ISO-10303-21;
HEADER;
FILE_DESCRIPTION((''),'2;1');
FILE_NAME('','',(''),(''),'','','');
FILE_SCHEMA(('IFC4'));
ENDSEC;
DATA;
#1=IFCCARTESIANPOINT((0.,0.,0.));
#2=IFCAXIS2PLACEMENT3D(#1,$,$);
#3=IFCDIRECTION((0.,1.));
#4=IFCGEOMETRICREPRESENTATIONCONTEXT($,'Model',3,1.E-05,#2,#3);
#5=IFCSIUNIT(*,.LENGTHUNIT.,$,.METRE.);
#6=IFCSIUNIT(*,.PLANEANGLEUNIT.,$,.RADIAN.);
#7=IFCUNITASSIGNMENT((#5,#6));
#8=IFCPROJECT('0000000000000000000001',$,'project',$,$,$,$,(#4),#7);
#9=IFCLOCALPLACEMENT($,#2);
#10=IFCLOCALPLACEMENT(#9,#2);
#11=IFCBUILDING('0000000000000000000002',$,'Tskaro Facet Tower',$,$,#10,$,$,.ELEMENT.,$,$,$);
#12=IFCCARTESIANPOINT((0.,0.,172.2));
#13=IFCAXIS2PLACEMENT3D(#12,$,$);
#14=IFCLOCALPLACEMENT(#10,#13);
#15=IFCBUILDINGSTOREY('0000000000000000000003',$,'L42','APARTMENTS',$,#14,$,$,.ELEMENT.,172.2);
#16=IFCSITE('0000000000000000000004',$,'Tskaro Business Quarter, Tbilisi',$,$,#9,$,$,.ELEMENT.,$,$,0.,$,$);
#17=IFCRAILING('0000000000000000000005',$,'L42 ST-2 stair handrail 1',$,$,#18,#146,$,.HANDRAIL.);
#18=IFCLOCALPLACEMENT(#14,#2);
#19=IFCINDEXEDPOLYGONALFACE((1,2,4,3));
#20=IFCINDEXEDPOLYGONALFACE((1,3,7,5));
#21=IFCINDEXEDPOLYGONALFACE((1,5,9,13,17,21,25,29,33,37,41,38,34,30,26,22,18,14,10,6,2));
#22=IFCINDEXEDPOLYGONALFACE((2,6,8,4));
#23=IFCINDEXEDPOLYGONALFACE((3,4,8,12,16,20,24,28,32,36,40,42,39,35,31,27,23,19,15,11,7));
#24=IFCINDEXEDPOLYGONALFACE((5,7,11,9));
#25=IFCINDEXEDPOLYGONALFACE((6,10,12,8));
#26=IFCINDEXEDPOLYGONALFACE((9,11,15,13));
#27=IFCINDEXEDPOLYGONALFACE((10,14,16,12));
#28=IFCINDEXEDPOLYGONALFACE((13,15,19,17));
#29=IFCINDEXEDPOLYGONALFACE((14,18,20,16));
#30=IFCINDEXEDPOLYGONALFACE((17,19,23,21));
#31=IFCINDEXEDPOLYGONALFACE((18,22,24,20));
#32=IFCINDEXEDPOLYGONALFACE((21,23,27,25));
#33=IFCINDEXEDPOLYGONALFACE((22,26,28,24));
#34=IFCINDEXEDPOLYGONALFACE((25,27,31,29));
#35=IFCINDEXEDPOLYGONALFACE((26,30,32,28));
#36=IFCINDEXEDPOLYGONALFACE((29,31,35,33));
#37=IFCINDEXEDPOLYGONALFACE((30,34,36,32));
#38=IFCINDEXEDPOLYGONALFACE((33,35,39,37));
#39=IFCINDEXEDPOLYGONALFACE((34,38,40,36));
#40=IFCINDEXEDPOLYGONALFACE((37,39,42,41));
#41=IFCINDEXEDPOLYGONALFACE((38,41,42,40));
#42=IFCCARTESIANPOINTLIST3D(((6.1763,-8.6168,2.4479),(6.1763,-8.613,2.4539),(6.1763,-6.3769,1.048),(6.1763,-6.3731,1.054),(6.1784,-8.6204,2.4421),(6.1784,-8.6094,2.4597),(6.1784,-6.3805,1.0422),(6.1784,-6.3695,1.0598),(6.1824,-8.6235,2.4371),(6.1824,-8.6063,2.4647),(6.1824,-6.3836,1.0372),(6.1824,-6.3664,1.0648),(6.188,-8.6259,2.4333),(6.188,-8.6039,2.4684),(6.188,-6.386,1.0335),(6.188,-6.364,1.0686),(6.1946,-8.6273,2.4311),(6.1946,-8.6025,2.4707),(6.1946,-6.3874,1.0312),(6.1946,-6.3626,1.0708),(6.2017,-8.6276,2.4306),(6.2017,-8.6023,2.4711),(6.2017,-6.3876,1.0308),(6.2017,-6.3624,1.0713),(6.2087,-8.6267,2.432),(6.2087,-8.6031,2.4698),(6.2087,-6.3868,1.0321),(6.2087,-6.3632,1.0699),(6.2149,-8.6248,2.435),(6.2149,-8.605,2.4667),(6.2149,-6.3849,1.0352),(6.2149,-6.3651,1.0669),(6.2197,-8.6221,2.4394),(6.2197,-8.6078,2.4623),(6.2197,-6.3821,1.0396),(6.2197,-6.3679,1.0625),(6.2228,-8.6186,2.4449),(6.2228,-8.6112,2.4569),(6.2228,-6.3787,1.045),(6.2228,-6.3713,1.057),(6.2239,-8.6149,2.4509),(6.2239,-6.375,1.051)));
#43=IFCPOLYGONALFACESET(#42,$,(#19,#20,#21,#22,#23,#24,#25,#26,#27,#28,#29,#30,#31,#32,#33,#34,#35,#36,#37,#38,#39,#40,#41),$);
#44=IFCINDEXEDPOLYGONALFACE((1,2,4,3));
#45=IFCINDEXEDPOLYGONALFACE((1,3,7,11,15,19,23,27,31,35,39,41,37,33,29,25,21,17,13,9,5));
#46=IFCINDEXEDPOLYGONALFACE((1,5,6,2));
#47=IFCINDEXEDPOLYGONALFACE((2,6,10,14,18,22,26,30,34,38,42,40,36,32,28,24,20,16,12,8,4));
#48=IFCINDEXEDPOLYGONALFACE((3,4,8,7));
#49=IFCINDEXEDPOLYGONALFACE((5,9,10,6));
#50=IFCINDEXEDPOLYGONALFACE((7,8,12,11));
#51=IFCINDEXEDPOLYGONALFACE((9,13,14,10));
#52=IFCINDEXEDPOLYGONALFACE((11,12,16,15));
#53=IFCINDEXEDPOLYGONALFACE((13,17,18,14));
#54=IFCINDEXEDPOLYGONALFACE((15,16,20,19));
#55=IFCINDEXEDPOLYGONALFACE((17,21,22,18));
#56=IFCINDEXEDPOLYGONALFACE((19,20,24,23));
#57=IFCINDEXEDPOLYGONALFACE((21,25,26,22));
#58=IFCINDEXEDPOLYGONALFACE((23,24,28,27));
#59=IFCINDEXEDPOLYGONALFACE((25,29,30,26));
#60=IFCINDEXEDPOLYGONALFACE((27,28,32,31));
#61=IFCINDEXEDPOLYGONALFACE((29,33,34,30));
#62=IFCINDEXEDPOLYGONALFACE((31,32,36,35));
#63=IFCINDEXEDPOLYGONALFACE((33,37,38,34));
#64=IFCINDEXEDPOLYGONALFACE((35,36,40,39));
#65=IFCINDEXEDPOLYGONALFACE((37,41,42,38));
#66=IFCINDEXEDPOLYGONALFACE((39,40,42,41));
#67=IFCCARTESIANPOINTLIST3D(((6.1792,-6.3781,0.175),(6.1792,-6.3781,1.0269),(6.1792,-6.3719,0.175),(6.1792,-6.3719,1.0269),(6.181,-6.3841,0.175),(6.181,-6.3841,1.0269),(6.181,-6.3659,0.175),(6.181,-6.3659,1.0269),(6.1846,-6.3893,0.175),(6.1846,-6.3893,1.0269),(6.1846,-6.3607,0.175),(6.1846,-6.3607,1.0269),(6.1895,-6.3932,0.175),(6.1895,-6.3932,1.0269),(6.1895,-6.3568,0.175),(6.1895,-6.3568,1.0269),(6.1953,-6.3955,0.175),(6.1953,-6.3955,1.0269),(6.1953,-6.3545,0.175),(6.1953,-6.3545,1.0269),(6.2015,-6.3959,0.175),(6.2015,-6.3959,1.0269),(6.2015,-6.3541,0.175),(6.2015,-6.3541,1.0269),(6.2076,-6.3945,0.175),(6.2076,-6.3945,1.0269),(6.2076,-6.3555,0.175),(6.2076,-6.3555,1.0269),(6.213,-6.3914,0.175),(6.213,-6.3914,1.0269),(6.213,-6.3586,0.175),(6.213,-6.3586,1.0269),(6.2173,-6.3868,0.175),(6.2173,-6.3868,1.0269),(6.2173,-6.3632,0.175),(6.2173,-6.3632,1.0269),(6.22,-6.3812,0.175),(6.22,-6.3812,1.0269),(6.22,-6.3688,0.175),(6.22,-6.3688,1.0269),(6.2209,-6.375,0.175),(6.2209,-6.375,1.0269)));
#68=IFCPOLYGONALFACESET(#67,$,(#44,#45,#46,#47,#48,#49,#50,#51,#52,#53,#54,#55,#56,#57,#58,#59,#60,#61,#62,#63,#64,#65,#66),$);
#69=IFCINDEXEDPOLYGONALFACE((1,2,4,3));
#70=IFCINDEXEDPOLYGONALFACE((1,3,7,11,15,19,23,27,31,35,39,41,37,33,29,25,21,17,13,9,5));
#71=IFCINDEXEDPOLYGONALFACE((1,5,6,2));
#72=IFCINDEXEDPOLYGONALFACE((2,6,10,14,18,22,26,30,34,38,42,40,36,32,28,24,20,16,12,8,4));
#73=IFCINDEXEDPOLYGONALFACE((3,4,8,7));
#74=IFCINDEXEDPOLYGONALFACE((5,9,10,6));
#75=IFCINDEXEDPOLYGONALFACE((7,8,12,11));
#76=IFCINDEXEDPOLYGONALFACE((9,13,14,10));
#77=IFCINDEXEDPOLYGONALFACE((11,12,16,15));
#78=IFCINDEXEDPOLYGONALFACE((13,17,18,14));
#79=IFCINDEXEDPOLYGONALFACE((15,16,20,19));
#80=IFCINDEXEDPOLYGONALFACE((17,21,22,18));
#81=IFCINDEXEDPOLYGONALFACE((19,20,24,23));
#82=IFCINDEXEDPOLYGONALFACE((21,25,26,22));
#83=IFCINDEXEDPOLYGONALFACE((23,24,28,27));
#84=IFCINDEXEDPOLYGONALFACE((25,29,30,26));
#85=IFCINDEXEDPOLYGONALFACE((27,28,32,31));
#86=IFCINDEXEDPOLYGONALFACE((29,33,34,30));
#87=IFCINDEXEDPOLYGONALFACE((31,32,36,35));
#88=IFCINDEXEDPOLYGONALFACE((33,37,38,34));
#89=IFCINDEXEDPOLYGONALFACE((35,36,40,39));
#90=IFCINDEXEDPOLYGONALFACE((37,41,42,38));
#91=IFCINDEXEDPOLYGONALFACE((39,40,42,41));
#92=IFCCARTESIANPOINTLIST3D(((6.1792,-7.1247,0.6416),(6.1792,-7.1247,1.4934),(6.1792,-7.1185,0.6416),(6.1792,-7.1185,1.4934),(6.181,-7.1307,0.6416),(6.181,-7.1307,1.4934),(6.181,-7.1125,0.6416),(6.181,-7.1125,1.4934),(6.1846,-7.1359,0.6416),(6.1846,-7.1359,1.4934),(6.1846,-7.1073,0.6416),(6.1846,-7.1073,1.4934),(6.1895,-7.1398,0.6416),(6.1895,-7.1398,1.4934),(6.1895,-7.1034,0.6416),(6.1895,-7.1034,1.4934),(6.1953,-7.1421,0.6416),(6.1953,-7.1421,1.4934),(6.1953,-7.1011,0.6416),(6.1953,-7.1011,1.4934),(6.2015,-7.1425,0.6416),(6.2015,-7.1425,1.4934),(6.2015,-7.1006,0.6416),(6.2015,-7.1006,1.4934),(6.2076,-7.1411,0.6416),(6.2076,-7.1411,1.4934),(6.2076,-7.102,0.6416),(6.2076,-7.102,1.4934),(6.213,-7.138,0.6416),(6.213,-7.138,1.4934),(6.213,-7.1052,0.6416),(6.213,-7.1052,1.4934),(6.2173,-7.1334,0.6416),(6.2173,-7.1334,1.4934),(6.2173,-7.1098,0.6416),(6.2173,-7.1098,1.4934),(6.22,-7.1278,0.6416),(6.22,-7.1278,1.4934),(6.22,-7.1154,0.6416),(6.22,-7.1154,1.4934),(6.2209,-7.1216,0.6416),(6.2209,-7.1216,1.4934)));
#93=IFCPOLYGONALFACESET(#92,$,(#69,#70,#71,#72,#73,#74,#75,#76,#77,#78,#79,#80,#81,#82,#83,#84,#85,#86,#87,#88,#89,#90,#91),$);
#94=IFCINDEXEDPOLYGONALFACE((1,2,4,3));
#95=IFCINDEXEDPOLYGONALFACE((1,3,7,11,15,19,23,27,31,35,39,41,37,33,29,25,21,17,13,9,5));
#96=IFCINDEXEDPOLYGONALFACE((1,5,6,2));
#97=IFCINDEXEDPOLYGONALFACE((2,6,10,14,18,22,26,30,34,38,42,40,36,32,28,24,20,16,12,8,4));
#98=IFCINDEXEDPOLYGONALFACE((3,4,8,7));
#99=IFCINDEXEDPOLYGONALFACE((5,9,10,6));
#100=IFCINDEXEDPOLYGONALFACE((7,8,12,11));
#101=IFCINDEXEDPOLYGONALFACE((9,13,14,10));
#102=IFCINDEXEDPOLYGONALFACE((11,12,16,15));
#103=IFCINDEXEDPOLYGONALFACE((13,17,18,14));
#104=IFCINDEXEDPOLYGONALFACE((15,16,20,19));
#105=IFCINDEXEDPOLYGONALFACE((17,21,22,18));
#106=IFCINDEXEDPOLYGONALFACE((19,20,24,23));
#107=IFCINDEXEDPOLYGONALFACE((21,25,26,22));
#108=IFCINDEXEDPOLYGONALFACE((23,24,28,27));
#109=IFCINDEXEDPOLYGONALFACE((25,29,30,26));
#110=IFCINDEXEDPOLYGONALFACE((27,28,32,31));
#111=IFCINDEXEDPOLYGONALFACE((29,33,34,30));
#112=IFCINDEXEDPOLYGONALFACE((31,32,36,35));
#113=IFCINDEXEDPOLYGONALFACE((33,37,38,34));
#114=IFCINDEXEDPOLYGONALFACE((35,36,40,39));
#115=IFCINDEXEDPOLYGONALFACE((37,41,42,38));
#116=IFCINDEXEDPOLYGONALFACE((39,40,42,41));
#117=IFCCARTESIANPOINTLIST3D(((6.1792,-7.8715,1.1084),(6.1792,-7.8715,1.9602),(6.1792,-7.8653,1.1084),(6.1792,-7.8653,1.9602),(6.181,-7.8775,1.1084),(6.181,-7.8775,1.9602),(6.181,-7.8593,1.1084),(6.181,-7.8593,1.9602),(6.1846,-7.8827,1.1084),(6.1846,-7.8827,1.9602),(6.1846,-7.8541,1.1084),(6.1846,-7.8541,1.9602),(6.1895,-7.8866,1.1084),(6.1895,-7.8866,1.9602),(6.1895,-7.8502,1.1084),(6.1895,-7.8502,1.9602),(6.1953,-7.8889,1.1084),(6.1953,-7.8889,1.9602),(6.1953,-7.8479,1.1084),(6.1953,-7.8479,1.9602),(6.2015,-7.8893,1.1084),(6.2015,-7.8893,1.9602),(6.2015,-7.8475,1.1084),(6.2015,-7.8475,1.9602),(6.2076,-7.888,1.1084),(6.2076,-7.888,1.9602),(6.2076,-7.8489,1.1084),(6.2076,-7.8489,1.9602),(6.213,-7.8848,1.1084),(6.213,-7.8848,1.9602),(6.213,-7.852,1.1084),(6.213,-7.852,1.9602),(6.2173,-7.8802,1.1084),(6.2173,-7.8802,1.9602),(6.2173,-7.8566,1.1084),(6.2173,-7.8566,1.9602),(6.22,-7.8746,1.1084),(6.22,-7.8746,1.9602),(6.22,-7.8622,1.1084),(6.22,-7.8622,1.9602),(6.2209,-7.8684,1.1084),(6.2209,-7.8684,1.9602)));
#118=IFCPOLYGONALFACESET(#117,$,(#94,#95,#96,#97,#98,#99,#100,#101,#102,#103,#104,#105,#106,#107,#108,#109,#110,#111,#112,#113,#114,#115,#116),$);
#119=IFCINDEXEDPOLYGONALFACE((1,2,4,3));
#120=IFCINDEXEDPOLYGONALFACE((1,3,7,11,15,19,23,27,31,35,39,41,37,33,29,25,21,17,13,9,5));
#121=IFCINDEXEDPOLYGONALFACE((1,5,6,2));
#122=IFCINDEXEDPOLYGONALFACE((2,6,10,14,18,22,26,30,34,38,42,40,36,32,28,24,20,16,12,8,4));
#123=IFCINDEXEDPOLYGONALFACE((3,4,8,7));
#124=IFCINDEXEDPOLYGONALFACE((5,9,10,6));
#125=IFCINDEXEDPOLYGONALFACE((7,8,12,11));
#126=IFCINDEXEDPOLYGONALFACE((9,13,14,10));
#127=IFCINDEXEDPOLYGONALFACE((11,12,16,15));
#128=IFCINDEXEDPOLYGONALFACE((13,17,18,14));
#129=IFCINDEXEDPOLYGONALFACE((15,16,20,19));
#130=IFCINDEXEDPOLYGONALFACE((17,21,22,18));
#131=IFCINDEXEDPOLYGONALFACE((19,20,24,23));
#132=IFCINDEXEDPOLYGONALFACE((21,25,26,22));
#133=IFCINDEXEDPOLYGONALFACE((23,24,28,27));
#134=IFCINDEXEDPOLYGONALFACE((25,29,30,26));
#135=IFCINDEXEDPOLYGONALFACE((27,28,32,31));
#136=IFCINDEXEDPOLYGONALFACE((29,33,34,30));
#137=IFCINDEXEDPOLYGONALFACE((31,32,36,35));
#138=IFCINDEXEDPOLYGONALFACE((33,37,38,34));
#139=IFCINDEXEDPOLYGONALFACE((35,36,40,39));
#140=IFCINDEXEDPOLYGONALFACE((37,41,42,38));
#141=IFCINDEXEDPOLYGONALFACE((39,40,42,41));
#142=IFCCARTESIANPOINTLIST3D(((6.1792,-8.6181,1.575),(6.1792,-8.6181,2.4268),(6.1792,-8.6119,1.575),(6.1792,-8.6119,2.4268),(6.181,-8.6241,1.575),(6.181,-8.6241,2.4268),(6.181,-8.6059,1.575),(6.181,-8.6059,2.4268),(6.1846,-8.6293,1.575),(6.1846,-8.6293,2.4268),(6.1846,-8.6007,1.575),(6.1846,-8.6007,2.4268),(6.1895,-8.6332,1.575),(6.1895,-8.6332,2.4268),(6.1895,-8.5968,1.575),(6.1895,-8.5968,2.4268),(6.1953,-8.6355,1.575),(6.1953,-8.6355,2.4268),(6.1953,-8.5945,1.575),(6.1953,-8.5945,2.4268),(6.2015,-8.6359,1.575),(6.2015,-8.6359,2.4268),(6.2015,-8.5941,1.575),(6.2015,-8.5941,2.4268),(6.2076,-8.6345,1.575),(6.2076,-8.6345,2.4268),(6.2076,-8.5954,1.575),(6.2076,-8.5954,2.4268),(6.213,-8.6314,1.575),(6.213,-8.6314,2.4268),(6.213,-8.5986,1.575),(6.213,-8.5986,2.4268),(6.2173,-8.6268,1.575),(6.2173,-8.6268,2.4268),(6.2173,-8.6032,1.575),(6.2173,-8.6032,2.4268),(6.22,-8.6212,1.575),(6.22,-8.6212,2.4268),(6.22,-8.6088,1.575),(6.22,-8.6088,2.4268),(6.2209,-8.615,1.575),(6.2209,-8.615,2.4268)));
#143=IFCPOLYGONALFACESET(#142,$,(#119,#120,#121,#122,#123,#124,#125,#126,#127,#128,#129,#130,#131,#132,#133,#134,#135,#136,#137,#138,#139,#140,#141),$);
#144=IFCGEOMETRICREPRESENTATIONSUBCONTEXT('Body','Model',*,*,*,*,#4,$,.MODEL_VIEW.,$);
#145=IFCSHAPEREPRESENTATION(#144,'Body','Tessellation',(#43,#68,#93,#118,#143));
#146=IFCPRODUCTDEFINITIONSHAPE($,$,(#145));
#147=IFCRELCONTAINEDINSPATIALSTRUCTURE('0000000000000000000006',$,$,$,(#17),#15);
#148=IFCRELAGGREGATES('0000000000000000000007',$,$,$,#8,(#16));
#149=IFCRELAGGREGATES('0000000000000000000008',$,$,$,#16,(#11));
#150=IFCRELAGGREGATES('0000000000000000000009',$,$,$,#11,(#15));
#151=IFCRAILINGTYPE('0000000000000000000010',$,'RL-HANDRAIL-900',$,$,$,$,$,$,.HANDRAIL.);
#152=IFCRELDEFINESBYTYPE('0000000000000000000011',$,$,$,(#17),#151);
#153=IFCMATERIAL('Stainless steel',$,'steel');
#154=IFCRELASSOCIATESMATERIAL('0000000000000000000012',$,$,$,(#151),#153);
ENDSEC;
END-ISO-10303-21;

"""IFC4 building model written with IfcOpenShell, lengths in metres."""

from ifc_helpers import new_model, si_unit, direction, frame, origin, origin_2d, place, context, subcontext, project, spatial, circle, extrude, material, type_object, element, save


model = new_model("IFC4")

# Units and contexts
model_context = context("Model", 3, precision=1e-05, world=origin(), true_north=direction((0.0, 1.0)))
body_context = subcontext(model_context, "Body", "Model", "MODEL_VIEW")
ifc_project = project(units=[si_unit("LENGTHUNIT", "METRE"), si_unit("PLANEANGLEUNIT", "RADIAN")], contexts=[model_context])

# Site, building, storey
site_placement = place(None, origin())
site = spatial("IfcSite", under=ifc_project, at=site_placement, Name="Tskaro Business Quarter, Tbilisi", CompositionType="ELEMENT", RefElevation=0.0)
building_placement = place(site_placement, origin())
building = spatial("IfcBuilding", under=site, at=building_placement, Name="Tskaro Facet Tower", CompositionType="ELEMENT")
storey_placement = place(building_placement, frame((0.0, 0.0, 172.2)))
storey = spatial("IfcBuildingStorey", under=building, at=storey_placement, Name="L42", Description="APARTMENTS", CompositionType="ELEMENT", Elevation=172.2)

# Shared definitions
ifc_material_1 = material(Name="Stainless steel", Category="steel")

# Railing
railing_type_1 = type_object("IfcRailingType", Name="RL-HANDRAIL-900", PredefinedType="HANDRAIL", material=ifc_material_1)
railing_1_placement = place(storey_placement, frame((6.2, -6.375, 0.175)))
element("IfcRailing", 1, at=railing_1_placement, inside=storey, type_object=railing_type_1, Name="L42 ST-2 stair handrail 1", PredefinedType="HANDRAIL", context=body_context, shape_type="SweptSolid", body=[
    extrude(circle(Radius=0.0239, at=origin_2d()), frame((0.0, 0.0, 0.876), z_axis=(0.0, -0.848014, 0.529974), x_axis=(1.0, 0.0, 0.0)), (0.0, 0.0, 1.0), 2.6414),
    extrude(circle(Radius=0.021, at=origin_2d()), origin(), (0.0, 0.0, 1.0), 0.8518),
    extrude(circle(Radius=0.021, at=origin_2d()), frame((0.0, -0.7466, 0.4666)), (0.0, 0.0, 1.0), 0.8518),
    extrude(circle(Radius=0.021, at=origin_2d()), frame((0.0, -1.4934, 0.9333)), (0.0, 0.0, 1.0), 0.8518),
    extrude(circle(Radius=0.021, at=origin_2d()), frame((0.0, -2.24, 1.3999)), (0.0, 0.0, 1.0), 0.8518),
])

save(model, "model.ifc")
